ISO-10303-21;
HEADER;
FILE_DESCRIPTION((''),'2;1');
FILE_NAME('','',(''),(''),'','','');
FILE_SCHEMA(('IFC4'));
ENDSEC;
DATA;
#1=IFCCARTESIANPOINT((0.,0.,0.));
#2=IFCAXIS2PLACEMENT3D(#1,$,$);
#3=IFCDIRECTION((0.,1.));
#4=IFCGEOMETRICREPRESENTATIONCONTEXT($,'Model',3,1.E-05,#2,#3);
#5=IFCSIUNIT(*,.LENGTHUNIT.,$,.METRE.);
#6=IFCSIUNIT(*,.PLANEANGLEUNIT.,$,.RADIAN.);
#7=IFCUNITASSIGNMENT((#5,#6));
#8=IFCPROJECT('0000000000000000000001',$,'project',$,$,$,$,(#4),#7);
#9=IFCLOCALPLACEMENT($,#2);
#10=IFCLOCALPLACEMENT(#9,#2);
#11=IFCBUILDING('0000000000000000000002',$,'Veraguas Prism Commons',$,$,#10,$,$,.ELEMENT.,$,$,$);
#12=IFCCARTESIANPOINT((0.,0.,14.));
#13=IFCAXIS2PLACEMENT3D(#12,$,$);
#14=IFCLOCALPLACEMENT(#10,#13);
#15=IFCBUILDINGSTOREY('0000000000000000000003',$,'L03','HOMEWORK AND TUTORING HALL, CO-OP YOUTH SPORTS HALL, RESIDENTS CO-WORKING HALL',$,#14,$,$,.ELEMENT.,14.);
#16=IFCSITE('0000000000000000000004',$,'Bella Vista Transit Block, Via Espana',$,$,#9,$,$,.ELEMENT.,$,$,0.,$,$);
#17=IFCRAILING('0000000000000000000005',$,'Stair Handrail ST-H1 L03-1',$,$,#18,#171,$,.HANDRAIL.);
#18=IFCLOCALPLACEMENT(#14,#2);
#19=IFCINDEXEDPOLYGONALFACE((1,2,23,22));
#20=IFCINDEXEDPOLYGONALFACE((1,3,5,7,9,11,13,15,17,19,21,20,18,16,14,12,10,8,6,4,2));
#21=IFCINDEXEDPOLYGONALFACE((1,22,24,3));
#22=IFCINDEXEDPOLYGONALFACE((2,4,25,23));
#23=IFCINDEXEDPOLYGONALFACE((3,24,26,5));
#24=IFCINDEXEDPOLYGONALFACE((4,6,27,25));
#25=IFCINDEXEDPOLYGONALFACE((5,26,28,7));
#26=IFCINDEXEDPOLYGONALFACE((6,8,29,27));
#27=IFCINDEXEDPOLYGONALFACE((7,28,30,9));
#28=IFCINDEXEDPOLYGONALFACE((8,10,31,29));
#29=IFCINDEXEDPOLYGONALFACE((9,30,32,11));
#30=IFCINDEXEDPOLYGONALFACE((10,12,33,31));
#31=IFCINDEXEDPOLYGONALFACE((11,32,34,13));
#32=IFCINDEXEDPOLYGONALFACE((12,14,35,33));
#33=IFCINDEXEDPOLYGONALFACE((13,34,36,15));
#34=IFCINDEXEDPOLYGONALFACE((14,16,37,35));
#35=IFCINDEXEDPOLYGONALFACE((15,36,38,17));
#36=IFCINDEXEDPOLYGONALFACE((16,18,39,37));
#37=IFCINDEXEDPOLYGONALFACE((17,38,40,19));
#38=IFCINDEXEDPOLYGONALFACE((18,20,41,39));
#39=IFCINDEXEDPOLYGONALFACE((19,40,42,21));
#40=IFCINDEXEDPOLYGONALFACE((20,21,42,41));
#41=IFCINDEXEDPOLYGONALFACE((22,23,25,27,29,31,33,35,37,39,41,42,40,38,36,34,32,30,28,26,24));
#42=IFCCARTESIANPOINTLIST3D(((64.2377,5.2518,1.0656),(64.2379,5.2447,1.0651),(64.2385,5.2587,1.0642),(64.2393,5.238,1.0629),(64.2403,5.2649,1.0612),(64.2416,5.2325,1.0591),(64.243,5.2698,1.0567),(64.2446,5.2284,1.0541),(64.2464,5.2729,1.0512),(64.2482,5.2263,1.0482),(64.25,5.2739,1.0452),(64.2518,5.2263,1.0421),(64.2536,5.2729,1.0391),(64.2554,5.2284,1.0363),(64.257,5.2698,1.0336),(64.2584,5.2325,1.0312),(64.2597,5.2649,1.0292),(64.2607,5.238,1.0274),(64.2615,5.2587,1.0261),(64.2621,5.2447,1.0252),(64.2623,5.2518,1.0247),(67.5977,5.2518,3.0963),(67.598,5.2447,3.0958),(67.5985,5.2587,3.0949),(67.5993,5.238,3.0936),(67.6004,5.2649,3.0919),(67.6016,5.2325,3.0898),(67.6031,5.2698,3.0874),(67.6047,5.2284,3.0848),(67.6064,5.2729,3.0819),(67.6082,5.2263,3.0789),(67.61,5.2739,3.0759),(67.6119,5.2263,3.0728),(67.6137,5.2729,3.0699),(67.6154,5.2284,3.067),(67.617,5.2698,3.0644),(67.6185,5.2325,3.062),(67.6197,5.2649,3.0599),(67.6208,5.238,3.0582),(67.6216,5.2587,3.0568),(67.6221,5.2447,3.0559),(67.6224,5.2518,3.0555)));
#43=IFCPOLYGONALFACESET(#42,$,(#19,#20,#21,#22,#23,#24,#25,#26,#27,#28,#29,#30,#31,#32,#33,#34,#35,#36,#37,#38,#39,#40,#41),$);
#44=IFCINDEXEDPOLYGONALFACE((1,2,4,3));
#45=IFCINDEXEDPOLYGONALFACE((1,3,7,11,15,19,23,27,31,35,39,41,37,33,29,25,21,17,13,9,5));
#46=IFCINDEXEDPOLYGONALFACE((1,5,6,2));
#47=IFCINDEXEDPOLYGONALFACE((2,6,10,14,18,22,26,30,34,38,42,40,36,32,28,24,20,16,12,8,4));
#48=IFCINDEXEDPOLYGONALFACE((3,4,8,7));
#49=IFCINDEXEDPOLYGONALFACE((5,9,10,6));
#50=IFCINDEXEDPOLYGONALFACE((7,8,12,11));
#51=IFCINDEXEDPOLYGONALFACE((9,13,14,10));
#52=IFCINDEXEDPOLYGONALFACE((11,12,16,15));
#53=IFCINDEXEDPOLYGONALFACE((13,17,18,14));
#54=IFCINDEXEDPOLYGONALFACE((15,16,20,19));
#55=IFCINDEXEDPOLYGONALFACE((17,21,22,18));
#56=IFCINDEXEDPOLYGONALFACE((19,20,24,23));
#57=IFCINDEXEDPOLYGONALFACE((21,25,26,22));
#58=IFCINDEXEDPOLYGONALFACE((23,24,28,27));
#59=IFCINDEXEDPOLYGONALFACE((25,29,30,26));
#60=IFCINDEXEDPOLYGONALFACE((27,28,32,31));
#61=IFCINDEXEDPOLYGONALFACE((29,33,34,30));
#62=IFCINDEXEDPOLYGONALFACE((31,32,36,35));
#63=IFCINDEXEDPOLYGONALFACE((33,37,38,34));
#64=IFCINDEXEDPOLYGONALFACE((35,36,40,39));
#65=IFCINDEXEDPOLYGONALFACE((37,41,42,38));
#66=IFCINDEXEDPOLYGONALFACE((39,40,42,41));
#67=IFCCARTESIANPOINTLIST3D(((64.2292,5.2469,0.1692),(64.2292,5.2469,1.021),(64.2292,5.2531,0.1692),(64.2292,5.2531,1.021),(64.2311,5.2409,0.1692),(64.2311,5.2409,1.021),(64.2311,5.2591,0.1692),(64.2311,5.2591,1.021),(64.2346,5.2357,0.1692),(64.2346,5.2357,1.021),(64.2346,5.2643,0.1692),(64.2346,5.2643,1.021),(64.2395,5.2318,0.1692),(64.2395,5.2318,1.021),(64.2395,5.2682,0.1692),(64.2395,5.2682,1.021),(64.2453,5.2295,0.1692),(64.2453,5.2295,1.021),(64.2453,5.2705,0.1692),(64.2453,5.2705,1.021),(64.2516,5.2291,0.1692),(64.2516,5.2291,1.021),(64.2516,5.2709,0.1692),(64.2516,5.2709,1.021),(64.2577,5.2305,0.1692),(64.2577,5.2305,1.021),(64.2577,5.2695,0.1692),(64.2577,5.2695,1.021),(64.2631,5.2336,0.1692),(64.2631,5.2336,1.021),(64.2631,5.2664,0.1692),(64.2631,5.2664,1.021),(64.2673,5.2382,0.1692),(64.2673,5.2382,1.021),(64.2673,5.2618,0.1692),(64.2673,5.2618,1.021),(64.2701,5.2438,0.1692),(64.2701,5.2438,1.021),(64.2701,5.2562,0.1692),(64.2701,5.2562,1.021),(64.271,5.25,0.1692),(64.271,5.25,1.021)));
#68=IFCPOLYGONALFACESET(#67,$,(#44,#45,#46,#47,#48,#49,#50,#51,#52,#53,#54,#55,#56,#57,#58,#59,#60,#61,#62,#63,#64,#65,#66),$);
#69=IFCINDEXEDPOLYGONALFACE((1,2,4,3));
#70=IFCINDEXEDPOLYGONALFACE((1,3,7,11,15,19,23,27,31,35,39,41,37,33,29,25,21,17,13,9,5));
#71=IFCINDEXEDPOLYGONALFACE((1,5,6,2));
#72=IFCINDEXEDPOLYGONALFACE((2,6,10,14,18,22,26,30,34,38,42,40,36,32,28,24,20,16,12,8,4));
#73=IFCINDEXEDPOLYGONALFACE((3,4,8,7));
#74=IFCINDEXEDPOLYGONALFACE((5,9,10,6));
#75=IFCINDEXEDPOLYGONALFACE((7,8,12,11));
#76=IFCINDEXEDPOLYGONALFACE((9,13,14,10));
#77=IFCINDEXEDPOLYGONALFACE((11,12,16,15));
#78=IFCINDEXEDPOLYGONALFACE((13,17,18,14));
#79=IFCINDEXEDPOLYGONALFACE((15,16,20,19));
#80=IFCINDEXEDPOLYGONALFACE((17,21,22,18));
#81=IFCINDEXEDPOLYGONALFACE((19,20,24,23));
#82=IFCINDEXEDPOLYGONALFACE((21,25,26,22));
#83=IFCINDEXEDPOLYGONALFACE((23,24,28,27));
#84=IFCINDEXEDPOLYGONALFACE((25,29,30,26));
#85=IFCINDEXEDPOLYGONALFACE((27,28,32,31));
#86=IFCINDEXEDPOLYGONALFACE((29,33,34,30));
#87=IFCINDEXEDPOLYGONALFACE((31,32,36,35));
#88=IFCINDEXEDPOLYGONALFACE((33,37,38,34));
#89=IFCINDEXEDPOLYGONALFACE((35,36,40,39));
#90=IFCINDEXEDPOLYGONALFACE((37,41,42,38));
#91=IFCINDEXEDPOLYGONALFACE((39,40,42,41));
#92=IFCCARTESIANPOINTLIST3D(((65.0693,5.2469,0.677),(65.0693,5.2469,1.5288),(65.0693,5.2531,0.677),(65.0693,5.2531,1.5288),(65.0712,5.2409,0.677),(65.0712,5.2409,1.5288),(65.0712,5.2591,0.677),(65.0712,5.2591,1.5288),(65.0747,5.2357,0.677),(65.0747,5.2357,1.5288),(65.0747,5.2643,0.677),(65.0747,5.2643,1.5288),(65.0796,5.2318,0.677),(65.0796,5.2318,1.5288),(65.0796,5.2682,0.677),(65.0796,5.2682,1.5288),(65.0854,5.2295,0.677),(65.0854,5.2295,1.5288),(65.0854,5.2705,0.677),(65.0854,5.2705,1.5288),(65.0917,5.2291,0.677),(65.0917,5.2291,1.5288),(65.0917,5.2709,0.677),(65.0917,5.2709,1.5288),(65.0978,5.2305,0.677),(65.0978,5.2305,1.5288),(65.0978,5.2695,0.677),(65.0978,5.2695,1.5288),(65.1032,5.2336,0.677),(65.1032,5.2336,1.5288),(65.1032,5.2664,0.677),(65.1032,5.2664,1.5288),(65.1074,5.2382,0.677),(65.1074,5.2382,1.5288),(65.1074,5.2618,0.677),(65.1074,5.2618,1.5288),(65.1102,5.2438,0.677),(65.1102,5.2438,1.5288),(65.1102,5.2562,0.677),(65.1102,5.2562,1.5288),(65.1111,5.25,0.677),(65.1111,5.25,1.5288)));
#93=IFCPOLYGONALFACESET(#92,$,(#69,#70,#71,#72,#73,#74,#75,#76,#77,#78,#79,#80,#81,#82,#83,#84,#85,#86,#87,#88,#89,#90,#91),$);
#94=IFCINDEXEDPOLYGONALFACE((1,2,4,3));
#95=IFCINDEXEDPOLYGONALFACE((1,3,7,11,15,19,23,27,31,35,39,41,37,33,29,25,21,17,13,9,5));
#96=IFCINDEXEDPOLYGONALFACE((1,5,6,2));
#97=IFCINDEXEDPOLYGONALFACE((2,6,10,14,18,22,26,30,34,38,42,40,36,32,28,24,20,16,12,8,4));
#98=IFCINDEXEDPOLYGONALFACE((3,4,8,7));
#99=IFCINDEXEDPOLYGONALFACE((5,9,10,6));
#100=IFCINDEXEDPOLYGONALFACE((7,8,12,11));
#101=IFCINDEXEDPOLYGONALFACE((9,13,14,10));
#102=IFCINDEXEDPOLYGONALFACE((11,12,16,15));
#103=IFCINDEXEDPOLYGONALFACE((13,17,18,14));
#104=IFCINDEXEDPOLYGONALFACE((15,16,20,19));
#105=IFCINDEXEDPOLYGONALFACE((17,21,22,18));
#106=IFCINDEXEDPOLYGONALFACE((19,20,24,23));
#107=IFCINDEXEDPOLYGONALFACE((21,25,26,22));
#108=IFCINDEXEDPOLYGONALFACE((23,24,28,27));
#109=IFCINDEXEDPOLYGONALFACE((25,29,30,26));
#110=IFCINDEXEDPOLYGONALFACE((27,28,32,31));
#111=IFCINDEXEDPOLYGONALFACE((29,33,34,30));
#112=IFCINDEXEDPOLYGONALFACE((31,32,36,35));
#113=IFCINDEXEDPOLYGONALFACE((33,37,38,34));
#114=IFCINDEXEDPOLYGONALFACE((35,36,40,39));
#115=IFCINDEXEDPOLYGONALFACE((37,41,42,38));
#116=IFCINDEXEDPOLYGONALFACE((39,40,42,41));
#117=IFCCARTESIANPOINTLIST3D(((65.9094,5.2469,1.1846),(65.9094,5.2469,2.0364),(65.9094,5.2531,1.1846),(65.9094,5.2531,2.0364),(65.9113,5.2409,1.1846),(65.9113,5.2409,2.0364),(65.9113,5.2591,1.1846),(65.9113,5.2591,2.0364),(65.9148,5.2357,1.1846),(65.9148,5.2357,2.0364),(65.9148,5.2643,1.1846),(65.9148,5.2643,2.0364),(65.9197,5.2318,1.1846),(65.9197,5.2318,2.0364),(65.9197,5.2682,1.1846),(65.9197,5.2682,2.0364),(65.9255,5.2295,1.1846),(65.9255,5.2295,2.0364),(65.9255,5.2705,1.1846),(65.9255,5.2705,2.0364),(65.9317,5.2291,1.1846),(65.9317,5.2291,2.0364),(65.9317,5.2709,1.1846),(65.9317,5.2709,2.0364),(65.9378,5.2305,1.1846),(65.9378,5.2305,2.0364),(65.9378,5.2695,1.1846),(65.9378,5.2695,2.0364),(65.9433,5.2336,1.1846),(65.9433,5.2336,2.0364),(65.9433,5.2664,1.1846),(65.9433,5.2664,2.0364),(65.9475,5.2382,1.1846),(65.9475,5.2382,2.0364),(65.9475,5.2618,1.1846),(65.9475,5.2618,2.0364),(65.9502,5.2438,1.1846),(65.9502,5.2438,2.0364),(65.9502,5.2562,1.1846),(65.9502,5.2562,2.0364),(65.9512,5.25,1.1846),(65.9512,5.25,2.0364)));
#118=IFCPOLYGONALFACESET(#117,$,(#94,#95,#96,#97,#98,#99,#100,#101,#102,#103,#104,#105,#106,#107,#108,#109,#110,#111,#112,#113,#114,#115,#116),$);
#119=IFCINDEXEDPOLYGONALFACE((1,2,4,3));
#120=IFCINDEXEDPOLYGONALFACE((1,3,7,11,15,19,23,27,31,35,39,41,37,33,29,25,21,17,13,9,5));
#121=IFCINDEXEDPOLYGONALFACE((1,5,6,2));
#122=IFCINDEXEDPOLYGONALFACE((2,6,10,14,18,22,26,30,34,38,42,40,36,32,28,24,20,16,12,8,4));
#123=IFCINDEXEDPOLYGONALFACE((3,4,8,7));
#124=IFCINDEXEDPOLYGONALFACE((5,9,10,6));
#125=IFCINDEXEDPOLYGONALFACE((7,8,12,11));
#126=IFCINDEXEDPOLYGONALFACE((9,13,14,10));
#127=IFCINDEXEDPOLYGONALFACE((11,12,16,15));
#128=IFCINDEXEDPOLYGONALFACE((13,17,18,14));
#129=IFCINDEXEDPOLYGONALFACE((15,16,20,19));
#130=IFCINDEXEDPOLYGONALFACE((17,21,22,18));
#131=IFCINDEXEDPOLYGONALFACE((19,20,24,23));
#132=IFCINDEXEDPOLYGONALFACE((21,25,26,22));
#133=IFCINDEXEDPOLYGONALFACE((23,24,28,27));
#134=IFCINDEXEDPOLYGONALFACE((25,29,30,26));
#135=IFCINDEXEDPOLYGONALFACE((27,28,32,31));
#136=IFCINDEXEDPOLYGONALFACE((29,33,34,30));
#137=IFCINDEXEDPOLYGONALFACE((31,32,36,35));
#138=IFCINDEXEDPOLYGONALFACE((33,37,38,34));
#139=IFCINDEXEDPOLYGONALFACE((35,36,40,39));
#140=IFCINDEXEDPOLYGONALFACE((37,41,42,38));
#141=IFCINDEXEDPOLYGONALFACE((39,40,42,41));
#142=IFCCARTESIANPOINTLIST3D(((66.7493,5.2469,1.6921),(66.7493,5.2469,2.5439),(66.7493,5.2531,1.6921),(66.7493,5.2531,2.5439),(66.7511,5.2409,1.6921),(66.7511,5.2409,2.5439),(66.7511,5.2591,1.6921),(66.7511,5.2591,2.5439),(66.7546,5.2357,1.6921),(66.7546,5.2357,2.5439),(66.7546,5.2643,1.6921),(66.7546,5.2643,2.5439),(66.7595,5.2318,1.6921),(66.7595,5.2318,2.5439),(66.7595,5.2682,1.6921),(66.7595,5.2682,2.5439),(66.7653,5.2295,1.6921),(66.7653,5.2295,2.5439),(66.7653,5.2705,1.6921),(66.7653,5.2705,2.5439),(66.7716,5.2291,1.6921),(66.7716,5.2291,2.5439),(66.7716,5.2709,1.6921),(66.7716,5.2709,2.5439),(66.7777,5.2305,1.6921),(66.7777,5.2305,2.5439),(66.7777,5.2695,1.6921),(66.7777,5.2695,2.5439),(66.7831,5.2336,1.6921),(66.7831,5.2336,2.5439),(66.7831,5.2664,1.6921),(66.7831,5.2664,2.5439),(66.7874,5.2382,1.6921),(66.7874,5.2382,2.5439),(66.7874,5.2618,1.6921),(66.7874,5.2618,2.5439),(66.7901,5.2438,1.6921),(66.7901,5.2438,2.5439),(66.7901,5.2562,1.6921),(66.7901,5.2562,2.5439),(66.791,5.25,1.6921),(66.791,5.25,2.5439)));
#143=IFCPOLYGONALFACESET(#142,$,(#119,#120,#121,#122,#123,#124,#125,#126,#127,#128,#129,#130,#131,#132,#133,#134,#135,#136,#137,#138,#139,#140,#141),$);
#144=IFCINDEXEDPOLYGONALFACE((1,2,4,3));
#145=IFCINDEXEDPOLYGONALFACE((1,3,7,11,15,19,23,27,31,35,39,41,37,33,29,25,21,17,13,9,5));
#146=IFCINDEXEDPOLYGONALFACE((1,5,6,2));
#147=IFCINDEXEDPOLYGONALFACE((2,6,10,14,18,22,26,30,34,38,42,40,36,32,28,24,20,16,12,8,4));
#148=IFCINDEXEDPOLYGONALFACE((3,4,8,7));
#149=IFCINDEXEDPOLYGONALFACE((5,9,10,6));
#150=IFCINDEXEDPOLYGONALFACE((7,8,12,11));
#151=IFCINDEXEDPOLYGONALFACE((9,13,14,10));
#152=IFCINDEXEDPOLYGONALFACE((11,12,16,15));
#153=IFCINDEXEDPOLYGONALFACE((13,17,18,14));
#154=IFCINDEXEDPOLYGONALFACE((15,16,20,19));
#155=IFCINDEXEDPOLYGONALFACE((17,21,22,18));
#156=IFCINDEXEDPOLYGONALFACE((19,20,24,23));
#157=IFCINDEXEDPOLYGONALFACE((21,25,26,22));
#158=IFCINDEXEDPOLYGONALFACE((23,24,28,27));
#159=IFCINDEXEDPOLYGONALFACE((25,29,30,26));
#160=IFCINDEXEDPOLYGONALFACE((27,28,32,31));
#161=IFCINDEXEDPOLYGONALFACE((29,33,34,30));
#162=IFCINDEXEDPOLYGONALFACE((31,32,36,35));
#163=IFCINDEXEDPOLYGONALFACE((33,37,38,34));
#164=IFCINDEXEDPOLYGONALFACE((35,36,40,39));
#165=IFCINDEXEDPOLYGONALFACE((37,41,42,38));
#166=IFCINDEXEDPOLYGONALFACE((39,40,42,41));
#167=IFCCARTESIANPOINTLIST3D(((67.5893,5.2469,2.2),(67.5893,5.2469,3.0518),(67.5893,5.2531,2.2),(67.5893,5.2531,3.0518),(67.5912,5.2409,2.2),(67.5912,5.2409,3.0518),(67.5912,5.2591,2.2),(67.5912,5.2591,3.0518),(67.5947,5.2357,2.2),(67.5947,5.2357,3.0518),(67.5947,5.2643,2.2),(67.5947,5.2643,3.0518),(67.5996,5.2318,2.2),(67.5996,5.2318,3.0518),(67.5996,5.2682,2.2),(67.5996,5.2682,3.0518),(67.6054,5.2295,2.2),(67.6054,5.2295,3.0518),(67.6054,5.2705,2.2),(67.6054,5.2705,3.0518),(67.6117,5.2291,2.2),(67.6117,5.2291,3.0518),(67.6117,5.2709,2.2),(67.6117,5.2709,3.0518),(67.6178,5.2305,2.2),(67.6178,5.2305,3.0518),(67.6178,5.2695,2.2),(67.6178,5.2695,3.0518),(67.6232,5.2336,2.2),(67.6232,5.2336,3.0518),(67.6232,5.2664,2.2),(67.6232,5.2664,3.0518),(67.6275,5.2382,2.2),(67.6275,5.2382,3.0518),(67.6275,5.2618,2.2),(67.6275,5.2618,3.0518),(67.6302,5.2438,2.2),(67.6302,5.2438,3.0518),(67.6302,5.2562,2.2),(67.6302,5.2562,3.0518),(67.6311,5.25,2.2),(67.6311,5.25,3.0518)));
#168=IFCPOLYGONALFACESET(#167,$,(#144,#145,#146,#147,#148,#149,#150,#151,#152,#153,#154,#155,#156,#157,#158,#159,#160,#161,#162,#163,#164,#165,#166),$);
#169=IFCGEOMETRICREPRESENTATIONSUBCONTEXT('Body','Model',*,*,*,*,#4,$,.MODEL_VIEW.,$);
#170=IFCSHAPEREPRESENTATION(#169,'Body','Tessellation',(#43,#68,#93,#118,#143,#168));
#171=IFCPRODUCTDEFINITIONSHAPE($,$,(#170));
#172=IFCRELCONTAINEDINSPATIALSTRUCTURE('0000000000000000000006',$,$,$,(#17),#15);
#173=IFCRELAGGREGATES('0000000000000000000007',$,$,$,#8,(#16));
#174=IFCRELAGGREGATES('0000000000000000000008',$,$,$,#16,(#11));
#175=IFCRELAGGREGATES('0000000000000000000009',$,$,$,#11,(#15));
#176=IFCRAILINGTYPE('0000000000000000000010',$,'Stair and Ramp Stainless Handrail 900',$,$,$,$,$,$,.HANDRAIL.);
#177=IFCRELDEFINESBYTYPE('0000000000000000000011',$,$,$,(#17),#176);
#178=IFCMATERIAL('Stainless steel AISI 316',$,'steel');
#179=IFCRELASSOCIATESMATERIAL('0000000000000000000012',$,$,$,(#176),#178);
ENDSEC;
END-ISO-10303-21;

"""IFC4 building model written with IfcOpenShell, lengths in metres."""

from ifc_helpers import new_model, si_unit, direction, frame, origin, origin_2d, place, context, subcontext, project, spatial, circle, extrude, material, type_object, element, save


model = new_model("IFC4")

# Units and contexts
model_context = context("Model", 3, precision=1e-05, world=origin(), true_north=direction((0.0, 1.0)))
body_context = subcontext(model_context, "Body", "Model", "MODEL_VIEW")
ifc_project = project(units=[si_unit("LENGTHUNIT", "METRE"), si_unit("PLANEANGLEUNIT", "RADIAN")], contexts=[model_context])

# Site, building, storey
site_placement = place(None, origin())
site = spatial("IfcSite", under=ifc_project, at=site_placement, Name="Bella Vista Transit Block, Via Espana", CompositionType="ELEMENT", RefElevation=0.0)
building_placement = place(site_placement, origin())
building = spatial("IfcBuilding", under=site, at=building_placement, Name="Veraguas Prism Commons", CompositionType="ELEMENT")
storey_placement = place(building_placement, frame((0.0, 0.0, 14.0)))
storey = spatial("IfcBuildingStorey", under=building, at=storey_placement, Name="L03", Description="HOMEWORK AND TUTORING HALL, CO-OP YOUTH SPORTS HALL, RESIDENTS CO-WORKING HALL", CompositionType="ELEMENT", Elevation=14.0)

# Shared definitions
ifc_material_1 = material(Name="Stainless steel AISI 316", Category="steel")

# Railing
railing_type_1 = type_object("IfcRailingType", Name="Stair and Ramp Stainless Handrail 900", PredefinedType="HANDRAIL", material=ifc_material_1)
railing_1_placement = place(storey_placement, frame((64.25, 5.25, 0.1692)))
element("IfcRailing", 1, at=railing_1_placement, inside=storey, type_object=railing_type_1, Name="Stair Handrail ST-H1 L03-1", PredefinedType="HANDRAIL", context=body_context, shape_type="SweptSolid", body=[
    extrude(circle(Radius=0.0239, at=origin_2d()), frame((0.0, 0.0, 0.876), z_axis=(0.855837, 0.0, 0.517246), x_axis=(0.0, 1.0, 0.0)), (0.0, 0.0, 1.0), 3.926),
    extrude(circle(Radius=0.021, at=origin_2d()), origin(), (0.0, 0.0, 1.0), 0.8518),
    extrude(circle(Radius=0.021, at=origin_2d()), frame((0.8401, 0.0, 0.5078)), (0.0, 0.0, 1.0), 0.8518),
    extrude(circle(Radius=0.021, at=origin_2d()), frame((1.6802, 0.0, 1.0154)), (0.0, 0.0, 1.0), 0.8518),
    extrude(circle(Radius=0.021, at=origin_2d()), frame((2.52, 0.0, 1.5229)), (0.0, 0.0, 1.0), 0.8518),
    extrude(circle(Radius=0.021, at=origin_2d()), frame((3.3601, 0.0, 2.0308)), (0.0, 0.0, 1.0), 0.8518),
])

save(model, "model.ifc")
